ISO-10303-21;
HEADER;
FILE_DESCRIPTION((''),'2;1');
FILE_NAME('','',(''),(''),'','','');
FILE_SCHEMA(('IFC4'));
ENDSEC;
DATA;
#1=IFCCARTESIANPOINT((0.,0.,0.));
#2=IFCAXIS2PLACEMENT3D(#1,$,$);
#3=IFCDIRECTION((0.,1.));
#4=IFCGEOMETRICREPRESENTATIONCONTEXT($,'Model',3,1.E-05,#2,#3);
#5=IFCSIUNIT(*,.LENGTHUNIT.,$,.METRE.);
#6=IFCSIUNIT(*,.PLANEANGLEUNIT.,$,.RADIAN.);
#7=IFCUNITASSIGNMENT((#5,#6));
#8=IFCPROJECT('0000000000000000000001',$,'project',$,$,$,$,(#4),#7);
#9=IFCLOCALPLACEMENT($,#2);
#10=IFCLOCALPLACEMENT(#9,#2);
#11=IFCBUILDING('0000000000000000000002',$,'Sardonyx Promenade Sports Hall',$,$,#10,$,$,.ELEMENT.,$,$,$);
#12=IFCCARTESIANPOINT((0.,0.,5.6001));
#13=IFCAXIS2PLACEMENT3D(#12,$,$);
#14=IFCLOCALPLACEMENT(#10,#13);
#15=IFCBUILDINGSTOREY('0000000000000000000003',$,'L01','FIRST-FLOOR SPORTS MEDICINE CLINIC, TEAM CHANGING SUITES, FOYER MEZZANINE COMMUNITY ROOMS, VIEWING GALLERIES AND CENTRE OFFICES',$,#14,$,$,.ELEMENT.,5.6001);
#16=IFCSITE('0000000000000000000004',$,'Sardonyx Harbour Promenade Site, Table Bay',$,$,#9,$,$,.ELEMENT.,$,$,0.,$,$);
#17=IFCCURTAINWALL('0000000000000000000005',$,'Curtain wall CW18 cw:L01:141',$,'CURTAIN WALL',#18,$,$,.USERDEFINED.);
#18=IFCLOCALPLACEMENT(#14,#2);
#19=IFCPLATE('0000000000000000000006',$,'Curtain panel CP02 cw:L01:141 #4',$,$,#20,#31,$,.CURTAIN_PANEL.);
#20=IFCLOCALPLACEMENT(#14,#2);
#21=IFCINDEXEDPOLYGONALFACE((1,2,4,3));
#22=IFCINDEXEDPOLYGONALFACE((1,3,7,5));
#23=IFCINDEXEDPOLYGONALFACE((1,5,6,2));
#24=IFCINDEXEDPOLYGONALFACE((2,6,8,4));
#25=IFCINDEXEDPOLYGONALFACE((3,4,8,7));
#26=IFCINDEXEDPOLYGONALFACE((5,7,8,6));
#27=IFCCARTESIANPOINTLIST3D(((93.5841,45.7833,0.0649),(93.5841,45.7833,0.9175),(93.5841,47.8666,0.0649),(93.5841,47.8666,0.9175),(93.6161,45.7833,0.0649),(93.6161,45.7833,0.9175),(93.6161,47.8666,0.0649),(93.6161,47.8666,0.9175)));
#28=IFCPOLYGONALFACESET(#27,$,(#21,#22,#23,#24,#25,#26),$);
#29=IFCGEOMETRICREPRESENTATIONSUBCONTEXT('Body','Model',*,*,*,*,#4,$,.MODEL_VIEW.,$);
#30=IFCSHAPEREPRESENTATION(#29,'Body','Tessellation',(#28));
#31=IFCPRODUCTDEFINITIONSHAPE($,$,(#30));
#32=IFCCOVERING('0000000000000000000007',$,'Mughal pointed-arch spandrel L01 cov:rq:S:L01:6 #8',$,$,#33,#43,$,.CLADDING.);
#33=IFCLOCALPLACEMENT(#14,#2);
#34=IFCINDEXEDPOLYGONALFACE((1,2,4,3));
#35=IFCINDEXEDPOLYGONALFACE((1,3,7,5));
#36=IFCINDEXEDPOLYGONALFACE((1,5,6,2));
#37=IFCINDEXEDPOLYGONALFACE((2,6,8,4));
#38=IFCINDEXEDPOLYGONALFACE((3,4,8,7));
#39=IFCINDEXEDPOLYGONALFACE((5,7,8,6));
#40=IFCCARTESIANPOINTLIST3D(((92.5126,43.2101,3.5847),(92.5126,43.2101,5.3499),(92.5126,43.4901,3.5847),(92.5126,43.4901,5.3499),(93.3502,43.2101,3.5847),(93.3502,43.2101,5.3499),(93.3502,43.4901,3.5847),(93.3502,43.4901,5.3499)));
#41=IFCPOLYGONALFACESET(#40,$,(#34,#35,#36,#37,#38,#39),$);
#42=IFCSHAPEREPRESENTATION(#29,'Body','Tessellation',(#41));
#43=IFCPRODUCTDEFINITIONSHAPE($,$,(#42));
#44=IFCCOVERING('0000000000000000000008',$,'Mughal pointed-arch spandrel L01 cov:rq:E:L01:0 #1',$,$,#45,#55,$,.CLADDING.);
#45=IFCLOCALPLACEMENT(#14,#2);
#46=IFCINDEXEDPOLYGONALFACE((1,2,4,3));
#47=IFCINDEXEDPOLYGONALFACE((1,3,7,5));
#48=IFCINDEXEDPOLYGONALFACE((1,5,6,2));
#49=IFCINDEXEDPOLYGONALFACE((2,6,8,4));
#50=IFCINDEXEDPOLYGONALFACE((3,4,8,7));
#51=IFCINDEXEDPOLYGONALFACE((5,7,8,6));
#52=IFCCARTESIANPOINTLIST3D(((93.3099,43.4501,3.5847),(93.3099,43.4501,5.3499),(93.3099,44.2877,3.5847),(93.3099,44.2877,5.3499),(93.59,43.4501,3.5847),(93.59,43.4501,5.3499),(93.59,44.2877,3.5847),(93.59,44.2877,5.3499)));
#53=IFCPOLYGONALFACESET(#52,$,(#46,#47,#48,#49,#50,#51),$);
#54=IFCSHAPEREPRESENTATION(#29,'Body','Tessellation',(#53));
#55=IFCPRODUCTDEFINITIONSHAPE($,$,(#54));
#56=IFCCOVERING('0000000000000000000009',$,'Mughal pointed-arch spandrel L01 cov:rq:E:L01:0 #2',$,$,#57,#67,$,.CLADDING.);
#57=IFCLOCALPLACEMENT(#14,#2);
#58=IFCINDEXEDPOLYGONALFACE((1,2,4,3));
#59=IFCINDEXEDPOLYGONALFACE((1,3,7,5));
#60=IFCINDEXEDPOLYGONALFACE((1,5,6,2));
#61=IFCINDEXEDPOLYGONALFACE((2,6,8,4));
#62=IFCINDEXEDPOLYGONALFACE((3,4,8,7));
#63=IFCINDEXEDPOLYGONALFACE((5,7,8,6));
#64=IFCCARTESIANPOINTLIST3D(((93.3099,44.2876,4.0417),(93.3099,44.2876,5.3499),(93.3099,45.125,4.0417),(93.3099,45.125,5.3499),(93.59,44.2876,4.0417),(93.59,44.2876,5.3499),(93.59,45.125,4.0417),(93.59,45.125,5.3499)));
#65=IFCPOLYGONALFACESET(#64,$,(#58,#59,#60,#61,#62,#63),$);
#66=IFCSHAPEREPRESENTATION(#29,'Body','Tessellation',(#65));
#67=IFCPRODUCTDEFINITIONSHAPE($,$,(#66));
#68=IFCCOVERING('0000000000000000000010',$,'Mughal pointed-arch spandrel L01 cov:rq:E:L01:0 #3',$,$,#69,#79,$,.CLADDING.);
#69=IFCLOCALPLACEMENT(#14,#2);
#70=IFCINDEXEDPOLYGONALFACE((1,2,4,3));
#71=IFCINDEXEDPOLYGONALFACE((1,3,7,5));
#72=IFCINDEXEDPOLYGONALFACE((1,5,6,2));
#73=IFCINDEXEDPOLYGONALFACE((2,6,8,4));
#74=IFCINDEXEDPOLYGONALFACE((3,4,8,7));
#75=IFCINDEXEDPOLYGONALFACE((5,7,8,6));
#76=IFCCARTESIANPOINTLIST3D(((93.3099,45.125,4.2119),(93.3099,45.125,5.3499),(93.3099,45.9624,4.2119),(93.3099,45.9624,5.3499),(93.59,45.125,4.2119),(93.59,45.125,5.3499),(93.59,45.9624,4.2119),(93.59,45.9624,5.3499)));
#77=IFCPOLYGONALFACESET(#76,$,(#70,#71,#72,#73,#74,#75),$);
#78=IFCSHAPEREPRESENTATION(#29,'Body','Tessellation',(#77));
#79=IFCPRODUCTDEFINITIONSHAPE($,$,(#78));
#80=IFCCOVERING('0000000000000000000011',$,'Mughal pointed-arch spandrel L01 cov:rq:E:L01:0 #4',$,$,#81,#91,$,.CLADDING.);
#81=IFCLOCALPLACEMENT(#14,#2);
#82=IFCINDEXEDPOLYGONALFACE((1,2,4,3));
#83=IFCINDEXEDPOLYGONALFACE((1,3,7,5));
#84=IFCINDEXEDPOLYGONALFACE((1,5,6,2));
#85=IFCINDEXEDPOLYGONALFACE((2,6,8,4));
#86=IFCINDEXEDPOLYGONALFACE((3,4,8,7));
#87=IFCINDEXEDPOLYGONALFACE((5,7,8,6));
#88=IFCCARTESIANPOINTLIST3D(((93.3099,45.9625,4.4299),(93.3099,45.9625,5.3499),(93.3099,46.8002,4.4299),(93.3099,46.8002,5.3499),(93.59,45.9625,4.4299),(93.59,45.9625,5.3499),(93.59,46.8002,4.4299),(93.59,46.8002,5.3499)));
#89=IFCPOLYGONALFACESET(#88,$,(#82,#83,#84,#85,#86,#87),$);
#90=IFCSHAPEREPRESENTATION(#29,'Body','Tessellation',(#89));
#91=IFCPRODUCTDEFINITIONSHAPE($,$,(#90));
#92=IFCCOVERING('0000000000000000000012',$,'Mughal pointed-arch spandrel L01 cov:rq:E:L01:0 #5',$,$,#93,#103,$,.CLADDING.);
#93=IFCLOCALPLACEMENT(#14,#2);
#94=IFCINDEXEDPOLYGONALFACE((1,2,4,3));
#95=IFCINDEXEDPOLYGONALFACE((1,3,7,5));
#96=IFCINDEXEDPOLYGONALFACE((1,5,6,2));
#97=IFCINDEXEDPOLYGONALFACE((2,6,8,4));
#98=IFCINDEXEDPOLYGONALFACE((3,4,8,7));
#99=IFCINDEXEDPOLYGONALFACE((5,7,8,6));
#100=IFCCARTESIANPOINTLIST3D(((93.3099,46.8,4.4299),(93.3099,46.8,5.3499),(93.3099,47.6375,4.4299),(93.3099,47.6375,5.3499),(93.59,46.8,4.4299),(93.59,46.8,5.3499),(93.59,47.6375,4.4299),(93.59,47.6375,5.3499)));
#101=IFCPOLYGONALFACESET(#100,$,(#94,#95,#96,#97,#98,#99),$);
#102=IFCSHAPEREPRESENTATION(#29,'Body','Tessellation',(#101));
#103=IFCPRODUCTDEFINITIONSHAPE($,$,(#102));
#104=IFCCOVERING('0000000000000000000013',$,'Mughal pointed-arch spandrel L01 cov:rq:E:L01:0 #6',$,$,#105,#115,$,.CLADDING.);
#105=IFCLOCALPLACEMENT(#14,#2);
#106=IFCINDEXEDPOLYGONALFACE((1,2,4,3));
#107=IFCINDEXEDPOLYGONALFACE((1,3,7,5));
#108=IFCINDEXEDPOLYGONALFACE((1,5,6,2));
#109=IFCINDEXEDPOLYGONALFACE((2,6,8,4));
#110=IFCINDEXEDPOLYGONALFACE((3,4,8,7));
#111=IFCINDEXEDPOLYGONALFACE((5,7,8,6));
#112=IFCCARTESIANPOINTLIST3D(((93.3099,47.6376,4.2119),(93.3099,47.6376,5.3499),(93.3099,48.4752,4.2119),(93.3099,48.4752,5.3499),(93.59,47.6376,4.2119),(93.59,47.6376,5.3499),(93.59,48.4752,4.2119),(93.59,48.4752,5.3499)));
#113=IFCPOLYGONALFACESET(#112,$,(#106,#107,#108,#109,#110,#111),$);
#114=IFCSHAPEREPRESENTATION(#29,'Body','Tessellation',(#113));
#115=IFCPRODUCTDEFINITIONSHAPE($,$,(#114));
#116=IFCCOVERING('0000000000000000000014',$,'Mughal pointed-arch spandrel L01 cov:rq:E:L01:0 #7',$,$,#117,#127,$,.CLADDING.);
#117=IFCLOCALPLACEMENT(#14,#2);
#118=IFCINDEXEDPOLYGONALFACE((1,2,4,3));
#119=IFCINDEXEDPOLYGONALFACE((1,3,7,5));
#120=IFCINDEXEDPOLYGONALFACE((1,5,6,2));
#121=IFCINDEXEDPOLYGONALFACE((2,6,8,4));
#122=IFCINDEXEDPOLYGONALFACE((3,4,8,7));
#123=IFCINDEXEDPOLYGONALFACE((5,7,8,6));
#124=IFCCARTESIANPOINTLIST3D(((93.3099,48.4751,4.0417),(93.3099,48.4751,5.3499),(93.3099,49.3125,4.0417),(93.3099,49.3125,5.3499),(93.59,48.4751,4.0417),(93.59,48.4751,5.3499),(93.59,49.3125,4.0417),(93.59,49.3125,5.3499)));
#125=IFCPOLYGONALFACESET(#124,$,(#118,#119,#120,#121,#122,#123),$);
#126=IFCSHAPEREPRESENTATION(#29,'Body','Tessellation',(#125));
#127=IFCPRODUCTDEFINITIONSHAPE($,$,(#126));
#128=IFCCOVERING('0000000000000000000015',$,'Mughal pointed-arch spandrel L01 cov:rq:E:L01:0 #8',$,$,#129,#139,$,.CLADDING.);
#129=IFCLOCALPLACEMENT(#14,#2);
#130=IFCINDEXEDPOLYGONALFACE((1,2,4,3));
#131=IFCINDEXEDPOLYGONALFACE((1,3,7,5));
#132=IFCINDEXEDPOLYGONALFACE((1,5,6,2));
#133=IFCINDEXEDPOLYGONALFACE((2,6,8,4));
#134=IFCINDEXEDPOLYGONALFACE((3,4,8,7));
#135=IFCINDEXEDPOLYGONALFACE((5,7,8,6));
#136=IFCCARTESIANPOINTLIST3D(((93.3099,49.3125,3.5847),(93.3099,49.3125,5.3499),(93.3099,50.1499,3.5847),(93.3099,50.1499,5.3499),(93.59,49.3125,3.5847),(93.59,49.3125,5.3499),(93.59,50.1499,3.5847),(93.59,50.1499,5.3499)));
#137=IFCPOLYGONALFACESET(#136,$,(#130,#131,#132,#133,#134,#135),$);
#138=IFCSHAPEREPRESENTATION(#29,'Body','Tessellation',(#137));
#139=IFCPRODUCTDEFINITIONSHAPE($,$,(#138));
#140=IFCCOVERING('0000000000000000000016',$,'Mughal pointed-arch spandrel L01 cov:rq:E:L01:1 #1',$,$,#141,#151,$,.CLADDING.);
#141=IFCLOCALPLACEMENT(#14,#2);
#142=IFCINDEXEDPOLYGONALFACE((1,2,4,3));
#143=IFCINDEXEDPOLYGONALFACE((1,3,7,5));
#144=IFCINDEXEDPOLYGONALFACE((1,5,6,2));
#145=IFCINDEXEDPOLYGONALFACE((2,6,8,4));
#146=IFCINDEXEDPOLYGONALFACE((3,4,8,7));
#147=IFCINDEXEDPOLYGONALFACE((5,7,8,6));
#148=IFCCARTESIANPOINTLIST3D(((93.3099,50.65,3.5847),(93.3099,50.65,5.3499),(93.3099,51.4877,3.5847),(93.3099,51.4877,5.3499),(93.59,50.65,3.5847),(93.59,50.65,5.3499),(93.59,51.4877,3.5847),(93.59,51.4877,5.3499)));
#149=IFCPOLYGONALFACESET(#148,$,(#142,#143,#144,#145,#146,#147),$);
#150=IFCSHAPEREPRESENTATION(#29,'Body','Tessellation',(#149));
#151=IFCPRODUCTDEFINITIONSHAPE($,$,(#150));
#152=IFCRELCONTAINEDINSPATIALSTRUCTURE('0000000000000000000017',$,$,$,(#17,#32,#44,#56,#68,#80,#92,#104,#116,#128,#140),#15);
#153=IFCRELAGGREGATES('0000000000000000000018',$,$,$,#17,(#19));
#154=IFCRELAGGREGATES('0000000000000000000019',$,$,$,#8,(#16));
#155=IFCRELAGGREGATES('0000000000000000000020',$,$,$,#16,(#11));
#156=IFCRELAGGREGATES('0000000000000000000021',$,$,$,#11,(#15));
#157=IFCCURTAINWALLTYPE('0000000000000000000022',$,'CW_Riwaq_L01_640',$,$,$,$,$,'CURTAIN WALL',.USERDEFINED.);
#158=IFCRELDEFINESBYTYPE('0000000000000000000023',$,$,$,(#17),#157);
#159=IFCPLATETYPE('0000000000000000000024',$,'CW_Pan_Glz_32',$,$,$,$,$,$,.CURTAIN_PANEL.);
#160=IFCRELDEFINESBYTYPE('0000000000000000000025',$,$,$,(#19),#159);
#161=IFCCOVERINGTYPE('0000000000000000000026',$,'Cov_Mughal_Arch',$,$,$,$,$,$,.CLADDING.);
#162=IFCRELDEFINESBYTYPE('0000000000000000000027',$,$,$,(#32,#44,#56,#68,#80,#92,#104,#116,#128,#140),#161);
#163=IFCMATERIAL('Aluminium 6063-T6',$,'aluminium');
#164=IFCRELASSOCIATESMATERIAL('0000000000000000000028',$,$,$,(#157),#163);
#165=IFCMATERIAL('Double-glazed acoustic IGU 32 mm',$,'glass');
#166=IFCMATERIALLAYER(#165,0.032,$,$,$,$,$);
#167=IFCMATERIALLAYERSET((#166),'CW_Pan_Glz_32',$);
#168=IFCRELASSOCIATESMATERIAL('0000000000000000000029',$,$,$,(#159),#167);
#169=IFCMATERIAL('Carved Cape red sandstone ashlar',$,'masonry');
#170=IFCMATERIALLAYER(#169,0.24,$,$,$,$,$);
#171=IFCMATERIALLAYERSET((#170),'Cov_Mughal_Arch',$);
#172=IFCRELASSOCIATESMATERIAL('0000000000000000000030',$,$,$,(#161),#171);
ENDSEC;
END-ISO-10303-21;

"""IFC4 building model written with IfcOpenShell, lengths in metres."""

from ifc_helpers import new_model, si_unit, direction, frame, frame_2d, origin, origin_2d, place, context, subcontext, project, spatial, rectangle, extrude, material, layer, layer_set, type_object, element, aggregate, save


model = new_model("IFC4")

# Units and contexts
model_context = context("Model", 3, precision=1e-05, world=origin(), true_north=direction((0.0, 1.0)))
body_context = subcontext(model_context, "Body", "Model", "MODEL_VIEW")
ifc_project = project(units=[si_unit("LENGTHUNIT", "METRE"), si_unit("PLANEANGLEUNIT", "RADIAN")], contexts=[model_context])

# Site, building, storey
site_placement = place(None, origin())
site = spatial("IfcSite", under=ifc_project, at=site_placement, Name="Sardonyx Harbour Promenade Site, Table Bay", CompositionType="ELEMENT", RefElevation=0.0)
building_placement = place(site_placement, origin())
building = spatial("IfcBuilding", under=site, at=building_placement, Name="Sardonyx Promenade Sports Hall", CompositionType="ELEMENT")
storey_placement = place(building_placement, frame((0.0, 0.0, 5.6001)))
storey = spatial("IfcBuildingStorey", under=building, at=storey_placement, Name="L01", Description="FIRST-FLOOR SPORTS MEDICINE CLINIC, TEAM CHANGING SUITES, FOYER MEZZANINE COMMUNITY ROOMS, VIEWING GALLERIES AND CENTRE OFFICES", CompositionType="ELEMENT", Elevation=5.6001)

# Curtain wall, plate
ifc_material_1 = material(Name="Aluminium 6063-T6", Category="aluminium")
curtain_wall_type = type_object("IfcCurtainWallType", Name="CW_Riwaq_L01_640", ElementType="CURTAIN WALL", PredefinedType="USERDEFINED", material=ifc_material_1)
curtain_wall_placement = place(storey_placement, origin())
curtain_wall = element("IfcCurtainWall", 1, at=curtain_wall_placement, inside=storey, type_object=curtain_wall_type, Name="Curtain wall CW18 cw:L01:141", ObjectType="CURTAIN WALL", PredefinedType="USERDEFINED")
ifc_material_2 = material(Name="Double-glazed acoustic IGU 32 mm", Category="glass")
ifc_layer_1 = layer(ifc_material_2, 0.032)
ifc_layer_set_1 = layer_set([ifc_layer_1], Name="CW_Pan_Glz_32")
plate_type = type_object("IfcPlateType", Name="CW_Pan_Glz_32", PredefinedType="CURTAIN_PANEL", material=ifc_layer_set_1)
plate_1_placement = place(storey_placement, frame((93.6001, 46.825, 0.0649), z_axis=(0.0, 0.0, 1.0), x_axis=(0.0, 1.0, 0.0)))
plate_1 = element("IfcPlate", 2, at=plate_1_placement, type_object=plate_type, Name="Curtain panel CP02 cw:L01:141 #4", PredefinedType="CURTAIN_PANEL", context=body_context, shape_type="SweptSolid", body=[
    extrude(rectangle(XDim=2.0833, YDim=0.032, at=origin_2d()), origin(), (0.0, 0.0, 1.0), 0.8525),
])
aggregate(curtain_wall, [plate_1])

# Coverings
ifc_material_3 = material(Name="Carved Cape red sandstone ashlar", Category="masonry")
ifc_layer_2 = layer(ifc_material_3, 0.24)
ifc_layer_set_2 = layer_set([ifc_layer_2], Name="Cov_Mughal_Arch")
covering_type = type_object("IfcCoveringType", Name="Cov_Mughal_Arch", PredefinedType="CLADDING", material=ifc_layer_set_2)
for number, where, z_axis, x_axis, name in (
    (3, (92.5125, 43.3501, 3.5847), (0.0, 0.0, 1.0), (1.0, 0.0, 0.0), "Mughal pointed-arch spandrel L01 cov:rq:S:L01:6 #8"),
    (4, (93.45, 43.45, 3.5847), (0.0, 0.0, 1.0), (0.0, 1.0, 0.0), "Mughal pointed-arch spandrel L01 cov:rq:E:L01:0 #1"),
):
    element("IfcCovering", number, at=place(storey_placement, frame(where, z_axis=z_axis, x_axis=x_axis)), inside=storey, type_object=covering_type, Name=name, PredefinedType="CLADDING", context=body_context, shape_type="SweptSolid", body=[
        extrude(rectangle(XDim=0.8376, YDim=0.28, at=frame_2d((0.4189, 0.0))), origin(), (0.0, 0.0, 1.0), 1.7651),
    ])
covering_1_placement = place(storey_placement, frame((93.45, 44.2876, 4.0417), z_axis=(0.0, 0.0, 1.0), x_axis=(0.0, 1.0, 0.0)))
element("IfcCovering", 5, at=covering_1_placement, inside=storey, type_object=covering_type, Name="Mughal pointed-arch spandrel L01 cov:rq:E:L01:0 #2", PredefinedType="CLADDING", context=body_context, shape_type="SweptSolid", body=[
    extrude(rectangle(XDim=0.8374, YDim=0.28, at=frame_2d((0.4187, 0.0))), origin(), (0.0, 0.0, 1.0), 1.3081),
])
covering_2_placement = place(storey_placement, frame((93.45, 45.125, 4.2119), z_axis=(0.0, 0.0, 1.0), x_axis=(0.0, 1.0, 0.0)))
element("IfcCovering", 6, at=covering_2_placement, inside=storey, type_object=covering_type, Name="Mughal pointed-arch spandrel L01 cov:rq:E:L01:0 #3", PredefinedType="CLADDING", context=body_context, shape_type="SweptSolid", body=[
    extrude(rectangle(XDim=0.8374, YDim=0.28, at=frame_2d((0.4187, 0.0))), origin(), (0.0, 0.0, 1.0), 1.1379),
])
covering_3_placement = place(storey_placement, frame((93.45, 45.9624, 4.4299), z_axis=(0.0, 0.0, 1.0), x_axis=(0.0, 1.0, 0.0)))
element("IfcCovering", 7, at=covering_3_placement, inside=storey, type_object=covering_type, Name="Mughal pointed-arch spandrel L01 cov:rq:E:L01:0 #4", PredefinedType="CLADDING", context=body_context, shape_type="SweptSolid", body=[
    extrude(rectangle(XDim=0.8376, YDim=0.28, at=frame_2d((0.4189, 0.0))), origin(), (0.0, 0.0, 1.0), 0.9199),
])
covering_4_placement = place(storey_placement, frame((93.45, 46.8, 4.4299), z_axis=(0.0, 0.0, 1.0), x_axis=(0.0, 1.0, 0.0)))
element("IfcCovering", 8, at=covering_4_placement, inside=storey, type_object=covering_type, Name="Mughal pointed-arch spandrel L01 cov:rq:E:L01:0 #5", PredefinedType="CLADDING", context=body_context, shape_type="SweptSolid", body=[
    extrude(rectangle(XDim=0.8374, YDim=0.28, at=frame_2d((0.4187, 0.0))), origin(), (0.0, 0.0, 1.0), 0.9199),
])
covering_5_placement = place(storey_placement, frame((93.45, 47.6375, 4.2119), z_axis=(0.0, 0.0, 1.0), x_axis=(0.0, 1.0, 0.0)))
element("IfcCovering", 9, at=covering_5_placement, inside=storey, type_object=covering_type, Name="Mughal pointed-arch spandrel L01 cov:rq:E:L01:0 #6", PredefinedType="CLADDING", context=body_context, shape_type="SweptSolid", body=[
    extrude(rectangle(XDim=0.8376, YDim=0.28, at=frame_2d((0.4189, 0.0))), origin(), (0.0, 0.0, 1.0), 1.1379),
])
covering_6_placement = place(storey_placement, frame((93.45, 48.4751, 4.0417), z_axis=(0.0, 0.0, 1.0), x_axis=(0.0, 1.0, 0.0)))
element("IfcCovering", 10, at=covering_6_placement, inside=storey, type_object=covering_type, Name="Mughal pointed-arch spandrel L01 cov:rq:E:L01:0 #7", PredefinedType="CLADDING", context=body_context, shape_type="SweptSolid", body=[
    extrude(rectangle(XDim=0.8374, YDim=0.28, at=frame_2d((0.4187, 0.0))), origin(), (0.0, 0.0, 1.0), 1.3081),
])
covering_7_placement = place(storey_placement, frame((93.45, 49.3125, 3.5847), z_axis=(0.0, 0.0, 1.0), x_axis=(0.0, 1.0, 0.0)))
element("IfcCovering", 11, at=covering_7_placement, inside=storey, type_object=covering_type, Name="Mughal pointed-arch spandrel L01 cov:rq:E:L01:0 #8", PredefinedType="CLADDING", context=body_context, shape_type="SweptSolid", body=[
    extrude(rectangle(XDim=0.8374, YDim=0.28, at=frame_2d((0.4187, 0.0))), origin(), (0.0, 0.0, 1.0), 1.7651),
])
covering_8_placement = place(storey_placement, frame((93.45, 50.6499, 3.5847), z_axis=(0.0, 0.0, 1.0), x_axis=(0.0, 1.0, 0.0)))
element("IfcCovering", 12, at=covering_8_placement, inside=storey, type_object=covering_type, Name="Mughal pointed-arch spandrel L01 cov:rq:E:L01:1 #1", PredefinedType="CLADDING", context=body_context, shape_type="SweptSolid", body=[
    extrude(rectangle(XDim=0.8376, YDim=0.28, at=frame_2d((0.4189, 0.0))), origin(), (0.0, 0.0, 1.0), 1.7651),
])

save(model, "model.ifc")
